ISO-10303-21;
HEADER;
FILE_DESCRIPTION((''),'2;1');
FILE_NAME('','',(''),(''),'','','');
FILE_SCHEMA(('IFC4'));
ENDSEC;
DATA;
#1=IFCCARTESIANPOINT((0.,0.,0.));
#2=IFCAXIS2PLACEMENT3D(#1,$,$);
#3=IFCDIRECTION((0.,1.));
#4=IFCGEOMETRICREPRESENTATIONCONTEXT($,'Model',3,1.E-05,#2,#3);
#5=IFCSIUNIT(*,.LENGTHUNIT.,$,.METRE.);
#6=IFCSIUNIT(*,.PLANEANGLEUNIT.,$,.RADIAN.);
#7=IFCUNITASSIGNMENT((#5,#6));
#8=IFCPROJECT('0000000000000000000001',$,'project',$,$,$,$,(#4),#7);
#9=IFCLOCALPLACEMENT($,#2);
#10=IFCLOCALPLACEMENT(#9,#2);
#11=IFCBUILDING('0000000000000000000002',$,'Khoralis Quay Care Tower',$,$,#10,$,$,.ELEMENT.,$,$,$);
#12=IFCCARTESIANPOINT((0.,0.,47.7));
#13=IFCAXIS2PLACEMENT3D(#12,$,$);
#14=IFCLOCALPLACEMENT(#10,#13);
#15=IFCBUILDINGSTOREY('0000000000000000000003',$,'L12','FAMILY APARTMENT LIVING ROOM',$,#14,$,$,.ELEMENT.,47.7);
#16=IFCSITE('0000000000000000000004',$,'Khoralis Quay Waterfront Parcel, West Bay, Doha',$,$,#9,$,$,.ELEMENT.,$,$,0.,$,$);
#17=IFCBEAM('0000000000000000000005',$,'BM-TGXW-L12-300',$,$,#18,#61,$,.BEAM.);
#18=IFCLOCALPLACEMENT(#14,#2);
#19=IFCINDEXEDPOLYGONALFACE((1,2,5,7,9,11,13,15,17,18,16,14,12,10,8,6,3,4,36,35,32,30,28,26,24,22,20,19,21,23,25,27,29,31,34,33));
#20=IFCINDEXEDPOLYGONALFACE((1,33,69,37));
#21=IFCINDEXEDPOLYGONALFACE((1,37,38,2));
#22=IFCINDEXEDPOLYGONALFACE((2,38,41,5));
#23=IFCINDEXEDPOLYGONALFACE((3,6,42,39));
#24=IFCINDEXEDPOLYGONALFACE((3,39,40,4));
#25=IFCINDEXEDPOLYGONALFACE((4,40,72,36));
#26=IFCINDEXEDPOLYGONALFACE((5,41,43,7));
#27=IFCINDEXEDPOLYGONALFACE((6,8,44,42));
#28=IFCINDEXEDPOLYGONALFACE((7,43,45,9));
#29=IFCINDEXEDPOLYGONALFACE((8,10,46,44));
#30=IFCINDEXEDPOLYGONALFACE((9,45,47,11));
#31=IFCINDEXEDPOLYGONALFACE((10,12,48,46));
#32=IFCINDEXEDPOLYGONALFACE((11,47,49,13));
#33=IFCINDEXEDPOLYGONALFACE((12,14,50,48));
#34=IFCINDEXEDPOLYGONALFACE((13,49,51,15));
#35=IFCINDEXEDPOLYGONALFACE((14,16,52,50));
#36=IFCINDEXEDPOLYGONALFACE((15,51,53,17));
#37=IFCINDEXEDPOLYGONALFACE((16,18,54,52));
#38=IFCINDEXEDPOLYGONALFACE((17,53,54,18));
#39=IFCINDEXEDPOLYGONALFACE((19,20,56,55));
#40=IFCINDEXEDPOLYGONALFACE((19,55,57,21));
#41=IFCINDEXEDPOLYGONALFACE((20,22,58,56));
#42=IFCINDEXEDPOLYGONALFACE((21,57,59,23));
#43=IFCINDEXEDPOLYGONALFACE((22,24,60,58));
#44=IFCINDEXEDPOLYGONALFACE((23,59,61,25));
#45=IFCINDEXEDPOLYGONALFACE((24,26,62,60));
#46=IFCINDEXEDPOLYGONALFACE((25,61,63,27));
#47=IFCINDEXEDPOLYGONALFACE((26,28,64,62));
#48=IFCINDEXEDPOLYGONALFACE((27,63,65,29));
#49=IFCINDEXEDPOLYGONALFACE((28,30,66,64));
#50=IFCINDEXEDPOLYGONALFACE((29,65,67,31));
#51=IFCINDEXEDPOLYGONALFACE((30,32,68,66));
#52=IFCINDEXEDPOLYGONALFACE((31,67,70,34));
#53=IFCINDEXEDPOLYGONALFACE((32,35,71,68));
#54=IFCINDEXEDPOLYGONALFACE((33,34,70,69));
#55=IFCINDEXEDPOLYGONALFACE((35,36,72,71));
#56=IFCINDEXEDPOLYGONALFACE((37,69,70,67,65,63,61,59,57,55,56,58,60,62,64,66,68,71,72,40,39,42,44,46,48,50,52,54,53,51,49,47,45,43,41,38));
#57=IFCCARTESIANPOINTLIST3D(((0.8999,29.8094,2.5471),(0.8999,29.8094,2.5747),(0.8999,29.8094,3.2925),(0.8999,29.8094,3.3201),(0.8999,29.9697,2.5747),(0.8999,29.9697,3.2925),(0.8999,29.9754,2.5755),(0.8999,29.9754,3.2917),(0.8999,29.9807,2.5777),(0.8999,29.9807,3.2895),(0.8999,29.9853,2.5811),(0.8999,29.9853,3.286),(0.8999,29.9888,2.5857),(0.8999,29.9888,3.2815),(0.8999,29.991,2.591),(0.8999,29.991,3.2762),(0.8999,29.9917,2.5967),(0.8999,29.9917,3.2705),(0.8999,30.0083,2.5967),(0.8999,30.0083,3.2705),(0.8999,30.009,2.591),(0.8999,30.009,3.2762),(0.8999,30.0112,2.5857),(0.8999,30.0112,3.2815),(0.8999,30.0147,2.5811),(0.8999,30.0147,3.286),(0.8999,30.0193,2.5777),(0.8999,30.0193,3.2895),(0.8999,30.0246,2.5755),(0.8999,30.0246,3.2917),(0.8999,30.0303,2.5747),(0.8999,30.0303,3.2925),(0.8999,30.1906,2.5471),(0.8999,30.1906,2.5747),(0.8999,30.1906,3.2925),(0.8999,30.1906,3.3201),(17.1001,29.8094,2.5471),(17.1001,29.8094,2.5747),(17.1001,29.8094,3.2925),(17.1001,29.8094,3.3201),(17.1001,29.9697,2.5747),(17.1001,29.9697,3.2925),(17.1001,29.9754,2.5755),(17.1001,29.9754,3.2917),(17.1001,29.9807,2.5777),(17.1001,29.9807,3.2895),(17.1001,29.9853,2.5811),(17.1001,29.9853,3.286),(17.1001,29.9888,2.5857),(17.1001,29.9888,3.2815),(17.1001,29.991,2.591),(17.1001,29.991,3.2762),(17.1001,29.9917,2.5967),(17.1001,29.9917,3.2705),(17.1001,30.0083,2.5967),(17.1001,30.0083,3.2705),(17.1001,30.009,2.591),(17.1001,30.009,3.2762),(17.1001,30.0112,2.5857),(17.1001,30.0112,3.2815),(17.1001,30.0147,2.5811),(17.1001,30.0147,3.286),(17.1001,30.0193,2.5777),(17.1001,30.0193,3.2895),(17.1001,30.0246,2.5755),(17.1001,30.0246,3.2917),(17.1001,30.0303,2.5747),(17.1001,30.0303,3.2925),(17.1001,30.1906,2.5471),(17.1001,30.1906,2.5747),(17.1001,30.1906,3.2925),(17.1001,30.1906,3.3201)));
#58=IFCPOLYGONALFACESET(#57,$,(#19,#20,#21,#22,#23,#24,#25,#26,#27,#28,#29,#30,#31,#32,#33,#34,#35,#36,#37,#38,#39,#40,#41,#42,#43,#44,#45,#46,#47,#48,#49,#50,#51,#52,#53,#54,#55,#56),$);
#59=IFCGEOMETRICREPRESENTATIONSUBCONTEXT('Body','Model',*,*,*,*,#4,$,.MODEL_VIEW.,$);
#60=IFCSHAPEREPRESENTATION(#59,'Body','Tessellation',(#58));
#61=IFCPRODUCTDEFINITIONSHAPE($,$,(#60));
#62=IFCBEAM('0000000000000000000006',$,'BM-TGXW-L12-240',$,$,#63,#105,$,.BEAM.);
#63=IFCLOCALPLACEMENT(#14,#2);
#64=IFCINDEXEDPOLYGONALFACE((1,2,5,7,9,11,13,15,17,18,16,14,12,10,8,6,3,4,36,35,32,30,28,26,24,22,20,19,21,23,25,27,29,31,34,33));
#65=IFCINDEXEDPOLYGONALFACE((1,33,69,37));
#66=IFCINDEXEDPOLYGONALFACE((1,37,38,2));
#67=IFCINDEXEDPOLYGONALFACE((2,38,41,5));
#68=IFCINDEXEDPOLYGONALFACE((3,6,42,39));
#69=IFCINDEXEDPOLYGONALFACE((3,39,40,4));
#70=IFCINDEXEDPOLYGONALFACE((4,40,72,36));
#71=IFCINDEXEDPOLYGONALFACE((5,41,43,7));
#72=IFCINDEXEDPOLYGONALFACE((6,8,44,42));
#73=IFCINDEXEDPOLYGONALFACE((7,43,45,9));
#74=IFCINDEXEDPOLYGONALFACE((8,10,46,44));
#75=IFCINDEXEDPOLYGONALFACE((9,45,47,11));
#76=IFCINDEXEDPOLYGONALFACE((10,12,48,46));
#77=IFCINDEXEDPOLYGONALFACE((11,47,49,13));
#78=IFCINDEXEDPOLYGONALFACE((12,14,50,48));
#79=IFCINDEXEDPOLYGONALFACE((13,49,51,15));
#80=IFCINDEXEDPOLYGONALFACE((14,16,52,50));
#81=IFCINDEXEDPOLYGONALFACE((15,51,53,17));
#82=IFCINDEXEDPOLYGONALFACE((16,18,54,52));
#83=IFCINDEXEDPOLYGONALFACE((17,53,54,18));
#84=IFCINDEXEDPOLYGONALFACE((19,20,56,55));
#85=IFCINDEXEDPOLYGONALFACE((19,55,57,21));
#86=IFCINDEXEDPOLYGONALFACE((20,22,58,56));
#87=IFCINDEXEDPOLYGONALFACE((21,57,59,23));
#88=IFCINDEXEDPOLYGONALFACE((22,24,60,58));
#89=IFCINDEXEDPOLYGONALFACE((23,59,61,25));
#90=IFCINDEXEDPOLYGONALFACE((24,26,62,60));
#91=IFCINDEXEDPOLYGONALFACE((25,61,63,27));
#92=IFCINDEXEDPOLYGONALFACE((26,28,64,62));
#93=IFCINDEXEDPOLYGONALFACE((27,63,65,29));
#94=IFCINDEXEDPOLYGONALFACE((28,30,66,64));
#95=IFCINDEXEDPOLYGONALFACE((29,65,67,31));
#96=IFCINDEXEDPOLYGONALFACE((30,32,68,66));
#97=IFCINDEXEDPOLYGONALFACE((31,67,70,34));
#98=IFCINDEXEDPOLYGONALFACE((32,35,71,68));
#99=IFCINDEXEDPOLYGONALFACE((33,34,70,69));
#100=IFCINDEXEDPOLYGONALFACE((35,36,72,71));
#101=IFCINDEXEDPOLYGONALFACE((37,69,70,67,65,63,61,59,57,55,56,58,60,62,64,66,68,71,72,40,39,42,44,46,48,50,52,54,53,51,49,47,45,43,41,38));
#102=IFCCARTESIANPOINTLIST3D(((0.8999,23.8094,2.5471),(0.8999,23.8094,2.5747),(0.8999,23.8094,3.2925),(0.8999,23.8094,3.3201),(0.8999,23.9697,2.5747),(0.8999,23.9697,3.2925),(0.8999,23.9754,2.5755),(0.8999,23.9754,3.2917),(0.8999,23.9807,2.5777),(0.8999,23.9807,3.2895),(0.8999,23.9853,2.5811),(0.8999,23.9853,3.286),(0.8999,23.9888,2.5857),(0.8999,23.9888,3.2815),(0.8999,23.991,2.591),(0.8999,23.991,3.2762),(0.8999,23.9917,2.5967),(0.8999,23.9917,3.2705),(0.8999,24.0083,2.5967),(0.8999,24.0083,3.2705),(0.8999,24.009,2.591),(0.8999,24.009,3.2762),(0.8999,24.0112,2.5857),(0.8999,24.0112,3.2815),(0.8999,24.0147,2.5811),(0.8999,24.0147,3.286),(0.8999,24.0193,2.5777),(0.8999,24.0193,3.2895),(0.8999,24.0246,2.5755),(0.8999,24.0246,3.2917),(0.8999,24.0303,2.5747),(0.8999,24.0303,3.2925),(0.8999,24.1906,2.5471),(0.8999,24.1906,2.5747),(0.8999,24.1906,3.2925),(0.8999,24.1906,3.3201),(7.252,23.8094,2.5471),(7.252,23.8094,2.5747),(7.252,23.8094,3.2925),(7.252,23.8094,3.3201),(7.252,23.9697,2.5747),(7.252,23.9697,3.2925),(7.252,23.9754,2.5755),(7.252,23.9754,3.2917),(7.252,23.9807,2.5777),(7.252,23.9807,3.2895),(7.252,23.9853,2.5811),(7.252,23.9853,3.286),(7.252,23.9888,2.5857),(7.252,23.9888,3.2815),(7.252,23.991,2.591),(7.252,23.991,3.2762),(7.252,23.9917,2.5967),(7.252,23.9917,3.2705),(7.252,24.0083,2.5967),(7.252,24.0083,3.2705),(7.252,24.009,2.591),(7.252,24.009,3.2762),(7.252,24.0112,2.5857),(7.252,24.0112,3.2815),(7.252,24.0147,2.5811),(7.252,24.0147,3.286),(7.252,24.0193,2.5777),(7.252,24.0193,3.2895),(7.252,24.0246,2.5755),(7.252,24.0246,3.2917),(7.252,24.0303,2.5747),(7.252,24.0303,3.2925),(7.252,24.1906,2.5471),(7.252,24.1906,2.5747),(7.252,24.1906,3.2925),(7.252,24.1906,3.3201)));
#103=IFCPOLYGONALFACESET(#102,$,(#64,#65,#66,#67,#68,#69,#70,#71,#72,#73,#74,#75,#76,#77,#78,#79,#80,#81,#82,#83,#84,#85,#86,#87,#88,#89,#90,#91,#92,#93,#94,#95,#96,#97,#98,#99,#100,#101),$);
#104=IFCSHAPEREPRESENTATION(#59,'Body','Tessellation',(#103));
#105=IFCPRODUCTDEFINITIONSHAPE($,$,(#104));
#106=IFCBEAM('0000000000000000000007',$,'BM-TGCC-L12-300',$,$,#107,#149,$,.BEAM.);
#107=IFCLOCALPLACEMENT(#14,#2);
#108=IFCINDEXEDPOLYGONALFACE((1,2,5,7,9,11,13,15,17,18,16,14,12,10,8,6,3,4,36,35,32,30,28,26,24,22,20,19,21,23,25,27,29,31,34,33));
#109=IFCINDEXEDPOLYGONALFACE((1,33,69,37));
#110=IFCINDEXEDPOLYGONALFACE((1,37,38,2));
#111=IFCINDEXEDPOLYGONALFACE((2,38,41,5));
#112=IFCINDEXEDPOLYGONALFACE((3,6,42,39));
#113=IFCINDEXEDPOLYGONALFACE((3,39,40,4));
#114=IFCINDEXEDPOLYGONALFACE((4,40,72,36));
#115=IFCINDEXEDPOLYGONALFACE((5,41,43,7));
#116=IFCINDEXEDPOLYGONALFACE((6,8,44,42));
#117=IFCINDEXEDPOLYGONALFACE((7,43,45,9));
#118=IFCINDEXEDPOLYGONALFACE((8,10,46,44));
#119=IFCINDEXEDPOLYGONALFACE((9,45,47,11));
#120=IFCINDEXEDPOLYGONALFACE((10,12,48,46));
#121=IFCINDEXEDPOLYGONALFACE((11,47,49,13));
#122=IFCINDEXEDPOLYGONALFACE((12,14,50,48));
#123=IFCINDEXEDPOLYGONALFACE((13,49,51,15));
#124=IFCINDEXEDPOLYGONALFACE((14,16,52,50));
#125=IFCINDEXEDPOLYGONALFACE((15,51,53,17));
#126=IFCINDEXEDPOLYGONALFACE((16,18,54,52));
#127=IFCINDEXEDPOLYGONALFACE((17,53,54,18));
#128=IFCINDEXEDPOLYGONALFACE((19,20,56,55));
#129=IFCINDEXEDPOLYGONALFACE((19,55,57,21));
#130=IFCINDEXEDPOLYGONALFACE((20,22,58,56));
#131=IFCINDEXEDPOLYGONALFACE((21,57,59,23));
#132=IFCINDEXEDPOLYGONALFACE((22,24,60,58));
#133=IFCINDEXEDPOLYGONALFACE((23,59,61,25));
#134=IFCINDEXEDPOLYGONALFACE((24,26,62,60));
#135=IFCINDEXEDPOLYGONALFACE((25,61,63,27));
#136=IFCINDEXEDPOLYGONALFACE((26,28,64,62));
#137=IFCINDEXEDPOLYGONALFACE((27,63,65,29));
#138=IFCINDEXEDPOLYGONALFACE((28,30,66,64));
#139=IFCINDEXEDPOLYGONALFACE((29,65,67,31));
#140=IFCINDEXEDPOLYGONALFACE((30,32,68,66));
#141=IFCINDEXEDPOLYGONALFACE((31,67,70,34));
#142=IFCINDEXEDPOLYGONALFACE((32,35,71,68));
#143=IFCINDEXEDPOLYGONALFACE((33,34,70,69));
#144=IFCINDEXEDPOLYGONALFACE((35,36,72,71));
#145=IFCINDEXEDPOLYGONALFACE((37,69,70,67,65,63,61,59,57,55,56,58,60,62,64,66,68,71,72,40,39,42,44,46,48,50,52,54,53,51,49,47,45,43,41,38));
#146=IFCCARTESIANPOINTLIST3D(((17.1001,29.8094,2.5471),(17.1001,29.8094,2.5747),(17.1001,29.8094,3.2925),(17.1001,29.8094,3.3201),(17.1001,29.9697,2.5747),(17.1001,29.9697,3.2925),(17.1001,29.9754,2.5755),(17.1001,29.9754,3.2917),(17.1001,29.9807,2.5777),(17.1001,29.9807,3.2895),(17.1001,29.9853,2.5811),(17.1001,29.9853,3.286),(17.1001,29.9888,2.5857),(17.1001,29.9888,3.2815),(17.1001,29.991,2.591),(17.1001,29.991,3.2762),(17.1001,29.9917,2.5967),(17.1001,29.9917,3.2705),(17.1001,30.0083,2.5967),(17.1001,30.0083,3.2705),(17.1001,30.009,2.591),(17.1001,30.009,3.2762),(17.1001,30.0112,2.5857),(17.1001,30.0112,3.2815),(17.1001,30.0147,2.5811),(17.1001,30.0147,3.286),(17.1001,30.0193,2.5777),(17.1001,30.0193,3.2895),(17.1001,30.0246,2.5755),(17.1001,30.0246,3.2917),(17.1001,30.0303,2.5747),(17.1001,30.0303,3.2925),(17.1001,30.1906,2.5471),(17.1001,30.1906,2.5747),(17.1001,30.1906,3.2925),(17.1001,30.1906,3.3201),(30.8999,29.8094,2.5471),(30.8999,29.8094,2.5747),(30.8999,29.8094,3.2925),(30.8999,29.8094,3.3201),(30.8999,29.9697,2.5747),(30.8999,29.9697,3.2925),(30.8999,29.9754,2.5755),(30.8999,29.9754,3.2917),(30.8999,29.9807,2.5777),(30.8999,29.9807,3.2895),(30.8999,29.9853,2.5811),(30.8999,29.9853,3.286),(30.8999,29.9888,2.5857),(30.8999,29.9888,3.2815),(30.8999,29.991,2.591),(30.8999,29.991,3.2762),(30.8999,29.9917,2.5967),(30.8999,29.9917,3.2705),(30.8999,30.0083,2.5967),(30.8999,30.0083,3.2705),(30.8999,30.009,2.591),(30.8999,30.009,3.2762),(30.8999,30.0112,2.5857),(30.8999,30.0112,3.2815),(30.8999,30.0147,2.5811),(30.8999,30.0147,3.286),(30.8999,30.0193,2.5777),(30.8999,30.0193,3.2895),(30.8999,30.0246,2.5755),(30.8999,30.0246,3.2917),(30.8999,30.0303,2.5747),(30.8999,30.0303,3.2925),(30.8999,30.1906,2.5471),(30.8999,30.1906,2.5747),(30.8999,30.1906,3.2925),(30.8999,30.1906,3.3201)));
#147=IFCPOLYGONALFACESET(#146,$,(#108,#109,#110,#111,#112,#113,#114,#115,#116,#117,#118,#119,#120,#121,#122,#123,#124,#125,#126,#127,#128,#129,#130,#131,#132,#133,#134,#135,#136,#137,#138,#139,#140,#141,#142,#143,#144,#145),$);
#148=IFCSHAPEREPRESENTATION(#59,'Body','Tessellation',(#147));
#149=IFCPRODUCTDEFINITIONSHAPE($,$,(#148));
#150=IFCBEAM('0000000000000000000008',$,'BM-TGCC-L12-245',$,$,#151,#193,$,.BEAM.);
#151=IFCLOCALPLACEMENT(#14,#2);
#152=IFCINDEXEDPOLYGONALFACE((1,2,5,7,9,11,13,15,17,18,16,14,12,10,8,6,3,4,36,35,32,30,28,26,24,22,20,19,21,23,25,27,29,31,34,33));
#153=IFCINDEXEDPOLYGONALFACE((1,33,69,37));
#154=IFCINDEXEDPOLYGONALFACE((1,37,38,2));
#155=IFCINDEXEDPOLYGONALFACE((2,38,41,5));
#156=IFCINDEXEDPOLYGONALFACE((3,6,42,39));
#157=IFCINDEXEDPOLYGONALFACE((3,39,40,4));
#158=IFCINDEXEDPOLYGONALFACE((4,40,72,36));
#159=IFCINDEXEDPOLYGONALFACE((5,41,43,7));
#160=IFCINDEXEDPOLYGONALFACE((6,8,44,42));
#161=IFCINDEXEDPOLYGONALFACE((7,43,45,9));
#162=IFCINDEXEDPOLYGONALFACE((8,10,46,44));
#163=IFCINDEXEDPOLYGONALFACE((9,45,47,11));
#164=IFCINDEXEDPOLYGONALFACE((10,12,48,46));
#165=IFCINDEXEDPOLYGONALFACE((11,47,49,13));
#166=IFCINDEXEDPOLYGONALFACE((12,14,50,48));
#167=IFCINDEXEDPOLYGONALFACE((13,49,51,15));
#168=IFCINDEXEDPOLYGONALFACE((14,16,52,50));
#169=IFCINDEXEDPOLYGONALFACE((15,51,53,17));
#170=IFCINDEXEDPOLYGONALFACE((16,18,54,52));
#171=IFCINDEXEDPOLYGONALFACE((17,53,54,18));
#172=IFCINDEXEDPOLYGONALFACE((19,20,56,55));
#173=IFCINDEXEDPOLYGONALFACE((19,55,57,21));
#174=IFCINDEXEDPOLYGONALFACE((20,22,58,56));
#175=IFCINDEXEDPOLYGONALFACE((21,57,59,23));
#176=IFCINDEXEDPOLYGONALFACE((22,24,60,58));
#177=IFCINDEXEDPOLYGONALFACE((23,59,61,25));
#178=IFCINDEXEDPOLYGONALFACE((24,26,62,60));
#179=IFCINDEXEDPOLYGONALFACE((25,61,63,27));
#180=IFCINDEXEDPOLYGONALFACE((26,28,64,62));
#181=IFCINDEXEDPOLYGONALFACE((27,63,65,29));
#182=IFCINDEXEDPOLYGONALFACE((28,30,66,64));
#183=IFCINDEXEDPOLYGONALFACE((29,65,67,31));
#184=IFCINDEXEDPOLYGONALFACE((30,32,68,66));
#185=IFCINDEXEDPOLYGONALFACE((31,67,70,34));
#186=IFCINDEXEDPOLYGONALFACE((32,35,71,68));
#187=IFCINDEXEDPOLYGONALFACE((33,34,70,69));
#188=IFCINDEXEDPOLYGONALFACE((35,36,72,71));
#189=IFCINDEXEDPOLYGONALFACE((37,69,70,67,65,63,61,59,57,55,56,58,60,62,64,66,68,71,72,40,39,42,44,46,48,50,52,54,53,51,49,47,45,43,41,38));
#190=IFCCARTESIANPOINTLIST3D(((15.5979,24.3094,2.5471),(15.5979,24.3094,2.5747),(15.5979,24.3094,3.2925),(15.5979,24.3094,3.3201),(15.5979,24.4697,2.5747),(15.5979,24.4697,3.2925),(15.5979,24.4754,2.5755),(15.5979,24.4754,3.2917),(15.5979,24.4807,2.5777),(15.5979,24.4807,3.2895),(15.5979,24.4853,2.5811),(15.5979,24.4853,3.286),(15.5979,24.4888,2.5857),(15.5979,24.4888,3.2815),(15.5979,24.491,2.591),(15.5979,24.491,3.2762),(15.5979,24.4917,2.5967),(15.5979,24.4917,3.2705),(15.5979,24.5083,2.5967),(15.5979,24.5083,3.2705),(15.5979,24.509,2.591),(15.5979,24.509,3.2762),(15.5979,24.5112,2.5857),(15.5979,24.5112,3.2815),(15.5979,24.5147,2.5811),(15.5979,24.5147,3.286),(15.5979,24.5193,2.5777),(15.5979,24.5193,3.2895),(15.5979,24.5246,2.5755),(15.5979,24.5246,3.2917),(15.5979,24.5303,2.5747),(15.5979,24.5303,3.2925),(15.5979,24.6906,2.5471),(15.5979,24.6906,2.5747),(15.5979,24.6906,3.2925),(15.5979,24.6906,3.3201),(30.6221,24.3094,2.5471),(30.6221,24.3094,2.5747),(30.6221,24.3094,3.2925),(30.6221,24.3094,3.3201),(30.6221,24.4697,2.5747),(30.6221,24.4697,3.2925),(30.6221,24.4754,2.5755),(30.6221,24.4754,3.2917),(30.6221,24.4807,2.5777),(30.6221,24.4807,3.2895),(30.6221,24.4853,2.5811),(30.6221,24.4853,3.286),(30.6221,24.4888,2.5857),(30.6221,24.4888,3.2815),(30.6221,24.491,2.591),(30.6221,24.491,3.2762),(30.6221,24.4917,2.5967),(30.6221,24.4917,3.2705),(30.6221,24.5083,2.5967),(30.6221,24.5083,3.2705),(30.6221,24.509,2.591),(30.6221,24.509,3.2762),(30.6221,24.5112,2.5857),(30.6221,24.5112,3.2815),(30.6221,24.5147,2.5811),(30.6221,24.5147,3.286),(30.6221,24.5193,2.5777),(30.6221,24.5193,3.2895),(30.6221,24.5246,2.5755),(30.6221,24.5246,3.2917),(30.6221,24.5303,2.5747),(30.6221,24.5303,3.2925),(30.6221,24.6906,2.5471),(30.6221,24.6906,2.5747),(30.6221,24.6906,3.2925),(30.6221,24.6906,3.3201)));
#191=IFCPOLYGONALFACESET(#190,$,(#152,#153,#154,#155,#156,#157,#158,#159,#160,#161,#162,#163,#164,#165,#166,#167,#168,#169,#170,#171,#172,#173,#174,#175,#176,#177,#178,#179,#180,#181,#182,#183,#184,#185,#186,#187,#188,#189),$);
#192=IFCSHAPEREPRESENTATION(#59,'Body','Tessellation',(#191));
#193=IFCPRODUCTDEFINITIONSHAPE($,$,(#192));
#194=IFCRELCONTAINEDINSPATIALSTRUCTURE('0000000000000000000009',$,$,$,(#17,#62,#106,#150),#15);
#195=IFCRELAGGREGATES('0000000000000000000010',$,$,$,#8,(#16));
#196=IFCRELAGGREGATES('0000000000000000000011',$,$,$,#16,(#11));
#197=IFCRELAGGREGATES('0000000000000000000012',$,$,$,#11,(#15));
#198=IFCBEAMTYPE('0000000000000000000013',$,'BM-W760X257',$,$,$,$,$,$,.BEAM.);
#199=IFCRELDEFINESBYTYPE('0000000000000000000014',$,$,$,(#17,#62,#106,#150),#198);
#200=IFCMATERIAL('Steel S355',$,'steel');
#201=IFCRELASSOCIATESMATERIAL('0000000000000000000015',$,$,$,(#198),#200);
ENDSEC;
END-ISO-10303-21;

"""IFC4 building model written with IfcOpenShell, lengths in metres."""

from ifc_helpers import new_model, si_unit, direction, frame, origin, origin_2d, place, context, subcontext, project, spatial, i_section, extrude, source, transform, mapped, material, material_profile, profile_set, type_object, element, save


model = new_model("IFC4")

# Units and contexts
model_context = context("Model", 3, precision=1e-05, world=origin(), true_north=direction((0.0, 1.0)))
body_context = subcontext(model_context, "Body", "Model", "MODEL_VIEW")
ifc_project = project(units=[si_unit("LENGTHUNIT", "METRE"), si_unit("PLANEANGLEUNIT", "RADIAN")], contexts=[model_context])

# Site, building, storey
site_placement = place(None, origin())
site = spatial("IfcSite", under=ifc_project, at=site_placement, Name="Khoralis Quay Waterfront Parcel, West Bay, Doha", CompositionType="ELEMENT", RefElevation=0.0)
building_placement = place(site_placement, origin())
building = spatial("IfcBuilding", under=site, at=building_placement, Name="Khoralis Quay Care Tower", CompositionType="ELEMENT")
storey_placement = place(building_placement, frame((0.0, 0.0, 47.7)))
storey = spatial("IfcBuildingStorey", under=building, at=storey_placement, Name="L12", Description="FAMILY APARTMENT LIVING ROOM", CompositionType="ELEMENT", Elevation=47.7)

# Beams
ifc_material_1 = material(Name="Steel S355", Category="steel")
ifc_material_profile_1 = material_profile(ifc_material_1, i_section(OverallWidth=0.3811, OverallDepth=0.7729, WebThickness=0.0166, FlangeThickness=0.0276, FilletRadius=0.022, at=origin_2d()), Name="Steel S355")
ifc_profile_set_1 = profile_set([ifc_material_profile_1], Name="Steel S355")
beam_type_1 = type_object("IfcBeamType", Name="BM-W760X257", PredefinedType="BEAM", material=ifc_profile_set_1)
shared_shape_1 = source(origin(), body_context, "Body", "SweptSolid", [
    extrude(i_section(OverallWidth=0.3811, OverallDepth=0.7729, WebThickness=0.0166, FlangeThickness=0.0276, FilletRadius=0.022, at=origin_2d()), origin(), (0.0, 0.0, 1.0), 16.2002),
])
beam_1_placement = place(storey_placement, frame((0.8999, 30.0, 2.9336), z_axis=(1.0, 0.0, 0.0), x_axis=(0.0, 1.0, 0.0)))
element("IfcBeam", 1, at=beam_1_placement, inside=storey, type_object=beam_type_1, Name="BM-TGXW-L12-300", PredefinedType="BEAM", context=body_context, shape_type="MappedRepresentation", body=[
    mapped(shared_shape_1, transform((0.0, 0.0, 0.0), scale=1.0)),
])
shared_shape_2 = source(origin(), body_context, "Body", "SweptSolid", [
    extrude(i_section(OverallWidth=0.3811, OverallDepth=0.7729, WebThickness=0.0166, FlangeThickness=0.0276, FilletRadius=0.022, at=origin_2d()), origin(), (0.0, 0.0, 1.0), 6.3521),
])
beam_2_placement = place(storey_placement, frame((0.8999, 24.0, 2.9336), z_axis=(1.0, 0.0, 0.0), x_axis=(0.0, 1.0, 0.0)))
element("IfcBeam", 2, at=beam_2_placement, inside=storey, type_object=beam_type_1, Name="BM-TGXW-L12-240", PredefinedType="BEAM", context=body_context, shape_type="MappedRepresentation", body=[
    mapped(shared_shape_2, transform((0.0, 0.0, 0.0), scale=1.0)),
])
shared_shape_3 = source(origin(), body_context, "Body", "SweptSolid", [
    extrude(i_section(OverallWidth=0.3811, OverallDepth=0.7729, WebThickness=0.0166, FlangeThickness=0.0276, FilletRadius=0.022, at=origin_2d()), origin(), (0.0, 0.0, 1.0), 13.7998),
])
beam_3_placement = place(storey_placement, frame((17.1001, 30.0, 2.9336), z_axis=(1.0, 0.0, 0.0), x_axis=(0.0, 1.0, 0.0)))
element("IfcBeam", 3, at=beam_3_placement, inside=storey, type_object=beam_type_1, Name="BM-TGCC-L12-300", PredefinedType="BEAM", context=body_context, shape_type="MappedRepresentation", body=[
    mapped(shared_shape_3, transform((0.0, 0.0, 0.0), scale=1.0)),
])
shared_shape_4 = source(origin(), body_context, "Body", "SweptSolid", [
    extrude(i_section(OverallWidth=0.3811, OverallDepth=0.7729, WebThickness=0.0166, FlangeThickness=0.0276, FilletRadius=0.022, at=origin_2d()), origin(), (0.0, 0.0, 1.0), 15.0242),
])
beam_4_placement = place(storey_placement, frame((15.5979, 24.5, 2.9336), z_axis=(1.0, 0.0, 0.0), x_axis=(0.0, 1.0, 0.0)))
element("IfcBeam", 4, at=beam_4_placement, inside=storey, type_object=beam_type_1, Name="BM-TGCC-L12-245", PredefinedType="BEAM", context=body_context, shape_type="MappedRepresentation", body=[
    mapped(shared_shape_4, transform((0.0, 0.0, 0.0), scale=1.0)),
])

save(model, "model.ifc")
